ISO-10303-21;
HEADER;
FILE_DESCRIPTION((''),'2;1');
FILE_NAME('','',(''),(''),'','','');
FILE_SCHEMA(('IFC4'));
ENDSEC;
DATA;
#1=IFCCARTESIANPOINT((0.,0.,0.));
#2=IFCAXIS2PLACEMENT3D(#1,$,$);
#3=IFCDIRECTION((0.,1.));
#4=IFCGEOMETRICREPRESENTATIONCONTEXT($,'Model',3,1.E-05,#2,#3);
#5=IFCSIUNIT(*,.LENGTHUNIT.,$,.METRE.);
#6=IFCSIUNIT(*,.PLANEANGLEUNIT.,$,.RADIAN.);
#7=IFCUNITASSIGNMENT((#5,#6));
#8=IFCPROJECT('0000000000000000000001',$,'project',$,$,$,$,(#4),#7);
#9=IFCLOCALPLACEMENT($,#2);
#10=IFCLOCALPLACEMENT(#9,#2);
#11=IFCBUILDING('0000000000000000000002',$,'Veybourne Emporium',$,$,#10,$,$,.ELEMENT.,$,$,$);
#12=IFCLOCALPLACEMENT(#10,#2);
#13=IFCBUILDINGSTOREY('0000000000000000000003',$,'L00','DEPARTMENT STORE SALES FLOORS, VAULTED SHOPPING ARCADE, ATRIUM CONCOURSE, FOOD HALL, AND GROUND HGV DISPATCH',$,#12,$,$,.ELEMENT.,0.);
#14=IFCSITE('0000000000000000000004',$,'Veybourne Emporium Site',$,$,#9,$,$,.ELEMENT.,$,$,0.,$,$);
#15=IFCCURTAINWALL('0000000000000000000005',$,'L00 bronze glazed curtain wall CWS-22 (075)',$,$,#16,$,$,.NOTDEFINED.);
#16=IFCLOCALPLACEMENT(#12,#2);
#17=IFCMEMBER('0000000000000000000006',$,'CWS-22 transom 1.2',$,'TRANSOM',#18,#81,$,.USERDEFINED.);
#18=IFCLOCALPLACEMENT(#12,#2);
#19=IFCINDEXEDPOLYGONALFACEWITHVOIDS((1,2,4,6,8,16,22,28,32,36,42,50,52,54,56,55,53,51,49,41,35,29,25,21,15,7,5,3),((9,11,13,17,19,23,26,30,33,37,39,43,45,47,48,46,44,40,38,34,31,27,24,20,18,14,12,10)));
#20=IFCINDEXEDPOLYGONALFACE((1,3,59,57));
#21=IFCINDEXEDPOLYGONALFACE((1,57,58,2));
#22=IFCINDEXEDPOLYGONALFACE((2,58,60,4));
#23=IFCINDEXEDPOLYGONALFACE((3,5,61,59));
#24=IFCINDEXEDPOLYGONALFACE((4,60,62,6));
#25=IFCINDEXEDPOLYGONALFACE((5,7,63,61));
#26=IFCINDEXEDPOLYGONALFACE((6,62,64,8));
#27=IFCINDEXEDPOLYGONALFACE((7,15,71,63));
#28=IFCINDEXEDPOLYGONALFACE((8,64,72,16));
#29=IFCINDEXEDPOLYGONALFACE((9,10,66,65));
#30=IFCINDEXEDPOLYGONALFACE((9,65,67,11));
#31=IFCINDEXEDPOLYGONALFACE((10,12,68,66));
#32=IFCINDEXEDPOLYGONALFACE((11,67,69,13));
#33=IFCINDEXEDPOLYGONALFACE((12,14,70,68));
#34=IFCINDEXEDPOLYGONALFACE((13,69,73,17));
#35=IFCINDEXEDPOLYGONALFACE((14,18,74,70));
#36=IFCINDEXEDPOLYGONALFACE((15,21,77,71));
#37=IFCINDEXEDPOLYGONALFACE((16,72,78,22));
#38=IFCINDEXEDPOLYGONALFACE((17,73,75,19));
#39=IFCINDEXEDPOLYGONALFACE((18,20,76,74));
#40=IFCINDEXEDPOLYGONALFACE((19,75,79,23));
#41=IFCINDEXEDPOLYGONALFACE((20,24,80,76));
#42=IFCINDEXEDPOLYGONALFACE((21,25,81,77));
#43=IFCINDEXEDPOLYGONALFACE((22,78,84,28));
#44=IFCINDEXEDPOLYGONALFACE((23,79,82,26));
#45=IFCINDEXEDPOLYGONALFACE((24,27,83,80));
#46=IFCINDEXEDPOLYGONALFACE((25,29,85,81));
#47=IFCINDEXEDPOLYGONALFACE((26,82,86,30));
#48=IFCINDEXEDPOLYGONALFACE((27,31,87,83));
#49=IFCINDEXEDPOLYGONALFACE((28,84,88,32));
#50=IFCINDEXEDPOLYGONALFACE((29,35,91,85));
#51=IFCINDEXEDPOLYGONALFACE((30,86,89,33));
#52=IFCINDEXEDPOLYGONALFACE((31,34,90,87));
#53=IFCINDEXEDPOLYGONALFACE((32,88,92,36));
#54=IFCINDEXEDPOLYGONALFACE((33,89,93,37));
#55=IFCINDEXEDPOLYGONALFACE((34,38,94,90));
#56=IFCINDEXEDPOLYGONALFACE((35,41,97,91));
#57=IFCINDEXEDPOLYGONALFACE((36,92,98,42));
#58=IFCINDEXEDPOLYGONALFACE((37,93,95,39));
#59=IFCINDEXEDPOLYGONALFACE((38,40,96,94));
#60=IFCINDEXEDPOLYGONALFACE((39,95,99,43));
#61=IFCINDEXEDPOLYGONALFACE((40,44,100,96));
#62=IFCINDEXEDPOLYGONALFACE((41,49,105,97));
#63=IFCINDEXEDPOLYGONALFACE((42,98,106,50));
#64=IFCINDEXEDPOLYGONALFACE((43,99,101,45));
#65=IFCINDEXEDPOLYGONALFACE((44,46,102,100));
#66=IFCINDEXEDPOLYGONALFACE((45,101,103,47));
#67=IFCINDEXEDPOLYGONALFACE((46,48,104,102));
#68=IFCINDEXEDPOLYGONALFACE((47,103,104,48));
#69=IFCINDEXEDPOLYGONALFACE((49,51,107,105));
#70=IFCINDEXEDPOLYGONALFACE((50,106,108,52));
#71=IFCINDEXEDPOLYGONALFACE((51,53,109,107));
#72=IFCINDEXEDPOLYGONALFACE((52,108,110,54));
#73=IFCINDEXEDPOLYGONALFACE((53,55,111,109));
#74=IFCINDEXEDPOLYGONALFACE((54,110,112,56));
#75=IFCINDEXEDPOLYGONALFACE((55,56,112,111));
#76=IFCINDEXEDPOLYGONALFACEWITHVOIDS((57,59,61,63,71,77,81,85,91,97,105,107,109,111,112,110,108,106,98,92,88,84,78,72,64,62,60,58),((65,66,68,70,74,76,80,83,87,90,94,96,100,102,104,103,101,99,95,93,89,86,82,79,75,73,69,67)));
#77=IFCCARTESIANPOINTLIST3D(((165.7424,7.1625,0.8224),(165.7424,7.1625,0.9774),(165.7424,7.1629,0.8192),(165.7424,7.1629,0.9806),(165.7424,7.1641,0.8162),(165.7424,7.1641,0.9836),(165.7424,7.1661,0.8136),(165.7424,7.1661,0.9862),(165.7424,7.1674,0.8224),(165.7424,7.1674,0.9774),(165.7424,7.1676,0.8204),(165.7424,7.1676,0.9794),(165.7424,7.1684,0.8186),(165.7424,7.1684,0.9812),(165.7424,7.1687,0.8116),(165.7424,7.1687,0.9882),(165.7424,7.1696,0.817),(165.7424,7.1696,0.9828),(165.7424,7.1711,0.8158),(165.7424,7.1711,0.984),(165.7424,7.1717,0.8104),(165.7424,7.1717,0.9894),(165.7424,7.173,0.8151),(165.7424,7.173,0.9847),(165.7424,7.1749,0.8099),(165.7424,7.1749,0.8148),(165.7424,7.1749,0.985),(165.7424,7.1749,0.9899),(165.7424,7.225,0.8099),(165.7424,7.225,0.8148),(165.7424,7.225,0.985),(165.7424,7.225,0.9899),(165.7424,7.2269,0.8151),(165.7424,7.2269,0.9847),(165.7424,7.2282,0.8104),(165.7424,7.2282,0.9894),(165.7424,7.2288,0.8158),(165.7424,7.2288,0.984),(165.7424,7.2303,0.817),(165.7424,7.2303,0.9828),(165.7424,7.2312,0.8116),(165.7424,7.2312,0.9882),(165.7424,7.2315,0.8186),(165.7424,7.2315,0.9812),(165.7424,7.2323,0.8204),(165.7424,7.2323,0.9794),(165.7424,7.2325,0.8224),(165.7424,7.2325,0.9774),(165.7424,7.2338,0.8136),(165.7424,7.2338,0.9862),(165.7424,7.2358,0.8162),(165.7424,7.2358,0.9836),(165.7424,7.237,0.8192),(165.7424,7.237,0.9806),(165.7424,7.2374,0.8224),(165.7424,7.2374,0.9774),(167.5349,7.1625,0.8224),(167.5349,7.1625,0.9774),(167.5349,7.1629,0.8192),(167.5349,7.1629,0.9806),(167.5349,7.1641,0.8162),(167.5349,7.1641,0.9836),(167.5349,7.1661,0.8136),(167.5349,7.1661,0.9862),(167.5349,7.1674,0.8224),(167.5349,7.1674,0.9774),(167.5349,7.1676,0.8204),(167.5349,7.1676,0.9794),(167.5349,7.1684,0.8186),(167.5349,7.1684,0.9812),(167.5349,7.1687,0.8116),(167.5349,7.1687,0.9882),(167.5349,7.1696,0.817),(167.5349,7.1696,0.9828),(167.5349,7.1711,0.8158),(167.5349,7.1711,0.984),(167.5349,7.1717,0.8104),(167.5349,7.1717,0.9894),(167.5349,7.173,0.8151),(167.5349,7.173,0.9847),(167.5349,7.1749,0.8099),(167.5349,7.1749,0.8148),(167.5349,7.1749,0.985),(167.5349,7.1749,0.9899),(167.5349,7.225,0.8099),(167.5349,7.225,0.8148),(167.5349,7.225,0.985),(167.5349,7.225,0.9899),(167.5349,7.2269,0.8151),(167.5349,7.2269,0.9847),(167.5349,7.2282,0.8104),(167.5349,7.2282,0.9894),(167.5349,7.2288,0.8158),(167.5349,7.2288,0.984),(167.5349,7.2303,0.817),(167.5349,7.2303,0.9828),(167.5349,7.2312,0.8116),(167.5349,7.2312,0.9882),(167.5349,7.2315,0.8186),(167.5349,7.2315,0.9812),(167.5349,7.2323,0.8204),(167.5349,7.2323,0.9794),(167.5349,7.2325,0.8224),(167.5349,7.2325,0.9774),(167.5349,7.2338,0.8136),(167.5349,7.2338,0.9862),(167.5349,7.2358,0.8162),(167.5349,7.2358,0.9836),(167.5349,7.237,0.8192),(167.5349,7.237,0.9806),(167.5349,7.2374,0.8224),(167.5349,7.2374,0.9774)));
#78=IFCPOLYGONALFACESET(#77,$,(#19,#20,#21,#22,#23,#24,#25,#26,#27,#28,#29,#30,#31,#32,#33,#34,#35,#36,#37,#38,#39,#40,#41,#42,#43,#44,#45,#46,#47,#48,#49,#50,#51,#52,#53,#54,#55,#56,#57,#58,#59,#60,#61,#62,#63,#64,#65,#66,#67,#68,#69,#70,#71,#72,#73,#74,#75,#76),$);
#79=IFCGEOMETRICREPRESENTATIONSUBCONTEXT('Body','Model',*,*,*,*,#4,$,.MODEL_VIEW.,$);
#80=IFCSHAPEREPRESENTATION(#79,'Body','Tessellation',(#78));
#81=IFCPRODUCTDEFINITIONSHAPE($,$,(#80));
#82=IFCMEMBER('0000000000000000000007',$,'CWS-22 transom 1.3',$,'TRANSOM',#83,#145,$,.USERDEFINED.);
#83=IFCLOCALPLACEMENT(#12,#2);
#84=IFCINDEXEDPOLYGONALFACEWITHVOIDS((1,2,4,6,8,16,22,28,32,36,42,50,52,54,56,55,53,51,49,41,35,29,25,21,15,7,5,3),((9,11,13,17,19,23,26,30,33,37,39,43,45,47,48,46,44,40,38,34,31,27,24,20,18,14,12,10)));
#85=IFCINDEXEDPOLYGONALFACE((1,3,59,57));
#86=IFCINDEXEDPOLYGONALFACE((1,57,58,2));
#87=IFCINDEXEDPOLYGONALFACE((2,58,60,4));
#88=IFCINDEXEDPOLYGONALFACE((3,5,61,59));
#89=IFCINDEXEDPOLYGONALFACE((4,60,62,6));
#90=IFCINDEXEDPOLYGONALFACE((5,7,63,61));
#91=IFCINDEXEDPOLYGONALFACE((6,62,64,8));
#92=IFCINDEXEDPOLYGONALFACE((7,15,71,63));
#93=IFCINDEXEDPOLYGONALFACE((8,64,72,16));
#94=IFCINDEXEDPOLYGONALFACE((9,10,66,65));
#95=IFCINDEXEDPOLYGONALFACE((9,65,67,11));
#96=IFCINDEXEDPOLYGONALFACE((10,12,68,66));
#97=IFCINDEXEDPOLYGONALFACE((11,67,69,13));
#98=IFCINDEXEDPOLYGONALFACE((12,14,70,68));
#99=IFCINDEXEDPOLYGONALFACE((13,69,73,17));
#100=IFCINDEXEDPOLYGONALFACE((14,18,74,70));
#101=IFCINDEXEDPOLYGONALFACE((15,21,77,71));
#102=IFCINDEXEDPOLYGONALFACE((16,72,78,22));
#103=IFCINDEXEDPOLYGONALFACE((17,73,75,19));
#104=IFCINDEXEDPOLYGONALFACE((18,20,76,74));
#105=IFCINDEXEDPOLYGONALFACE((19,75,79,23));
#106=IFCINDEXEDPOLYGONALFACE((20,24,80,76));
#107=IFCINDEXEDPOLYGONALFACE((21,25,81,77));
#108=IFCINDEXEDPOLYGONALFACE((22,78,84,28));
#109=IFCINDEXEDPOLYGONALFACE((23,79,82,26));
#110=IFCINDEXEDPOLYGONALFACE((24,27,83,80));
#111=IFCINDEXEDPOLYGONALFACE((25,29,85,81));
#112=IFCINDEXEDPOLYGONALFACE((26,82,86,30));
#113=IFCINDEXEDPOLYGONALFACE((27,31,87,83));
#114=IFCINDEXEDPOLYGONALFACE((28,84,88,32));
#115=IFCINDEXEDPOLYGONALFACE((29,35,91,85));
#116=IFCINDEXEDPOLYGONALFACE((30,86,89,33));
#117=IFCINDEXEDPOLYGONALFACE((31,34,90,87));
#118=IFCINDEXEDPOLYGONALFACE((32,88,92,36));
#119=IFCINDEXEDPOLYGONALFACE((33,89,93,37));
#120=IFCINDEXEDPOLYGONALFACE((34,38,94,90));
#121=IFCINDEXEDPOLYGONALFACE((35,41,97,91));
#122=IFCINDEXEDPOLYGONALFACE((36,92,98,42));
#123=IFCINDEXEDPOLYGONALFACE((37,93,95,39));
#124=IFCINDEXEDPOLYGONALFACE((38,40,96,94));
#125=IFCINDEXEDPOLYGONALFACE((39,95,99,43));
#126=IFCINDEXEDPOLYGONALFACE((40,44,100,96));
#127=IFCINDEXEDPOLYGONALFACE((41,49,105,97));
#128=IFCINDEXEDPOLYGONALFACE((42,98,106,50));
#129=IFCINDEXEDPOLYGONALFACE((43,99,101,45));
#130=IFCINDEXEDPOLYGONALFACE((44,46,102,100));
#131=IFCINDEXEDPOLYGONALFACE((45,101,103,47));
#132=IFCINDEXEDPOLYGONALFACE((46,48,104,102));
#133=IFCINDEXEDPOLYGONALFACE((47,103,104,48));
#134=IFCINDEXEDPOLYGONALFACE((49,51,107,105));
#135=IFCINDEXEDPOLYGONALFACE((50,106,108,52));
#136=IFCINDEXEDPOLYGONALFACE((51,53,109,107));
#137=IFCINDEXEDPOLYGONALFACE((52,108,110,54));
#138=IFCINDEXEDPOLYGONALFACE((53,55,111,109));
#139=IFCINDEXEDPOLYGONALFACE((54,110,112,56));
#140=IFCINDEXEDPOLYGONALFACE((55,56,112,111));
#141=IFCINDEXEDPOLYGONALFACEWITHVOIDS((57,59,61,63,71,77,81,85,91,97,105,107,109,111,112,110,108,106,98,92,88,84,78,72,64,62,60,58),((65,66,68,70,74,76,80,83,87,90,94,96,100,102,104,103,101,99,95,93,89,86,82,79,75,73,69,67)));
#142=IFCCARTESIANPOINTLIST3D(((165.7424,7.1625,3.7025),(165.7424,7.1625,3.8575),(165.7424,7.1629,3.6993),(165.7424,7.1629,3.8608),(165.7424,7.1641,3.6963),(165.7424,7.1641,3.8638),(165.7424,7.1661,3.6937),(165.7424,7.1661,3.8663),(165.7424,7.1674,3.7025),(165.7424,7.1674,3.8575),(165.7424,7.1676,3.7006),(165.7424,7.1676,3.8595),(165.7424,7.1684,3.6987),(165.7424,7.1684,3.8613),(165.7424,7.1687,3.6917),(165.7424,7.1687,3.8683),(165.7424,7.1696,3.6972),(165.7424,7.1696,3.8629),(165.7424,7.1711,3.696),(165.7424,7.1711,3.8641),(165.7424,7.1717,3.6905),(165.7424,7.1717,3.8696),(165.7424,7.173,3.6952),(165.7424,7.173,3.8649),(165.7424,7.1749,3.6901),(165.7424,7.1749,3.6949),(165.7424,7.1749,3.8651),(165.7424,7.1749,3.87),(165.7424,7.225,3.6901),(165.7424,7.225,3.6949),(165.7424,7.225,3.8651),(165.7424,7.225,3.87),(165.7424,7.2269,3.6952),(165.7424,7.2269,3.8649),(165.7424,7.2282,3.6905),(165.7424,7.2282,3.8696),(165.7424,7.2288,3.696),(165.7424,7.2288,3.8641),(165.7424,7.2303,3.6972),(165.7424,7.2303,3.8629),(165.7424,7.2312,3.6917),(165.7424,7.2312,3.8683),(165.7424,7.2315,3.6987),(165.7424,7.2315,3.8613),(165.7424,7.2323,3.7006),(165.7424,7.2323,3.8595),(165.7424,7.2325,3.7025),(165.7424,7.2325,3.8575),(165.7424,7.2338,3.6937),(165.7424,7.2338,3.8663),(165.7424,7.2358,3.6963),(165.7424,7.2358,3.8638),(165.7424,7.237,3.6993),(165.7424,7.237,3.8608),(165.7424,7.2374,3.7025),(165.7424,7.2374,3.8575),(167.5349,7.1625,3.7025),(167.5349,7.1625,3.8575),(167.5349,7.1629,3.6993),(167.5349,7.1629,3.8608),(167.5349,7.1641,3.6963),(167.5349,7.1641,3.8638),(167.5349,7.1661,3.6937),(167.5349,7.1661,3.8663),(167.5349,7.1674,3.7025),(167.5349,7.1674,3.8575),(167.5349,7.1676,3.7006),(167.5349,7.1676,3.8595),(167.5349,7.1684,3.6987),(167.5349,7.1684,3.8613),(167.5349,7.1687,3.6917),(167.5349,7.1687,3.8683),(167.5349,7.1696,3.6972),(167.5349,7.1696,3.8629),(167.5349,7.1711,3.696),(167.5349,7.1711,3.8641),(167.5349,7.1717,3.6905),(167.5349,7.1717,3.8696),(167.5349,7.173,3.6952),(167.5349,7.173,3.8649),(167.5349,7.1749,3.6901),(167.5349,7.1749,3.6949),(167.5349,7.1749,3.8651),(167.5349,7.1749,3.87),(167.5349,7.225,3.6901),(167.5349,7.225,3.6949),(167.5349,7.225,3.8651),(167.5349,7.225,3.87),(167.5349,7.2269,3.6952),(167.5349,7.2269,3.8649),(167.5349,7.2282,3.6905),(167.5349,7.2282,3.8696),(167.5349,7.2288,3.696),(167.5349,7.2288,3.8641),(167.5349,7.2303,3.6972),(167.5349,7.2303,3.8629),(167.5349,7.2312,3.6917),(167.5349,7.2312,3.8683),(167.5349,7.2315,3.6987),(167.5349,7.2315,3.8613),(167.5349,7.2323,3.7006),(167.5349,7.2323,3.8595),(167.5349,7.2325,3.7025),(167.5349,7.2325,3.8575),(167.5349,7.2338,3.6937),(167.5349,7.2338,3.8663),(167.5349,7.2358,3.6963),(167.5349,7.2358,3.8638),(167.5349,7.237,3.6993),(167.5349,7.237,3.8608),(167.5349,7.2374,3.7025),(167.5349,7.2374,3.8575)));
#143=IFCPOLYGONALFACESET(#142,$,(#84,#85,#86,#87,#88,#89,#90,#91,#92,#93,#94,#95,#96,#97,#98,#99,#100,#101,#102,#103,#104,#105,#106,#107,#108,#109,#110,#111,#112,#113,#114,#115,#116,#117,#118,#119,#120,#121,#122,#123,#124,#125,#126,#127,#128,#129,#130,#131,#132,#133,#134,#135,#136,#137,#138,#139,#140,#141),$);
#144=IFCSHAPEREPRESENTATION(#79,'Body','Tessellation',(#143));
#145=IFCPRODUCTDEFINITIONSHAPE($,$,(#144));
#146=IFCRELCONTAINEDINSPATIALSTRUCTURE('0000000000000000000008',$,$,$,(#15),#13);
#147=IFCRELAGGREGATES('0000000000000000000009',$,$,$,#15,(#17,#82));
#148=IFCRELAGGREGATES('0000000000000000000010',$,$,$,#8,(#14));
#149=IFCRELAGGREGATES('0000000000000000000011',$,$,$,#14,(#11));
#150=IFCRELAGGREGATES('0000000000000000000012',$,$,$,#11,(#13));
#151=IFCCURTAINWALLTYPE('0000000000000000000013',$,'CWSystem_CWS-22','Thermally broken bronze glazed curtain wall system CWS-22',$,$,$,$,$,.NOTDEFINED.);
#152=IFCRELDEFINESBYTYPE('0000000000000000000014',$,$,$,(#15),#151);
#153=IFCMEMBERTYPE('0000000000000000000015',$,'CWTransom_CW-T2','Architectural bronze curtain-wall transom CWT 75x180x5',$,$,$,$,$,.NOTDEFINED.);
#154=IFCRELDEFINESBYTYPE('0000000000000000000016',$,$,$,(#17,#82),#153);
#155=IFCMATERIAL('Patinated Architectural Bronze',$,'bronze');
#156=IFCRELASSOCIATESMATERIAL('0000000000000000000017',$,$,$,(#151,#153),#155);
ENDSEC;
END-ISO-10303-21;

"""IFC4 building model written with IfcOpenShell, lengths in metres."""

from ifc_helpers import new_model, si_unit, direction, frame, origin, origin_2d, place, context, subcontext, project, spatial, hollow_rectangle, extrude, material, material_profile, profile_set, type_object, element, aggregate, save


model = new_model("IFC4")

# Units and contexts
model_context = context("Model", 3, precision=1e-05, world=origin(), true_north=direction((0.0, 1.0)))
body_context = subcontext(model_context, "Body", "Model", "MODEL_VIEW")
ifc_project = project(units=[si_unit("LENGTHUNIT", "METRE"), si_unit("PLANEANGLEUNIT", "RADIAN")], contexts=[model_context])

# Site, building, storey
site_placement = place(None, origin())
site = spatial("IfcSite", under=ifc_project, at=site_placement, Name="Veybourne Emporium Site", CompositionType="ELEMENT", RefElevation=0.0)
building_placement = place(site_placement, origin())
building = spatial("IfcBuilding", under=site, at=building_placement, Name="Veybourne Emporium", CompositionType="ELEMENT")
storey_placement = place(building_placement, origin())
storey = spatial("IfcBuildingStorey", under=building, at=storey_placement, Name="L00", Description="DEPARTMENT STORE SALES FLOORS, VAULTED SHOPPING ARCADE, ATRIUM CONCOURSE, FOOD HALL, AND GROUND HGV DISPATCH", CompositionType="ELEMENT", Elevation=0.0)

# Curtain wall
ifc_material_1 = material(Name="Patinated Architectural Bronze", Category="bronze")
curtain_wall_type_1 = type_object("IfcCurtainWallType", Name="CWSystem_CWS-22", Description="Thermally broken bronze glazed curtain wall system CWS-22", PredefinedType="NOTDEFINED", material=ifc_material_1)
curtain_wall_1_placement = place(storey_placement, origin())
curtain_wall_1 = element("IfcCurtainWall", 1, at=curtain_wall_1_placement, inside=storey, type_object=curtain_wall_type_1, Name="L00 bronze glazed curtain wall CWS-22 (075)", PredefinedType="NOTDEFINED")

# Members
ifc_material_profile_1 = material_profile(ifc_material_1, hollow_rectangle(XDim=0.075, YDim=0.1799, WallThickness=0.0049, InnerFilletRadius=0.0076, OuterFilletRadius=0.0125, at=origin_2d()), Name="CWT 75x180x5")
ifc_profile_set_1 = profile_set([ifc_material_profile_1], Name="Patinated Architectural Bronze")
member_type_1 = type_object("IfcMemberType", Name="CWTransom_CW-T2", Description="Architectural bronze curtain-wall transom CWT 75x180x5", PredefinedType="NOTDEFINED", material=ifc_profile_set_1)
member_1_placement = place(storey_placement, frame((167.5349, 7.2, 0.8999), z_axis=(-1.0, 0.0, 0.0), x_axis=(0.0, -1.0, 0.0)))
member_1 = element("IfcMember", 2, at=member_1_placement, type_object=member_type_1, Name="CWS-22 transom 1.2", ObjectType="TRANSOM", PredefinedType="USERDEFINED", context=body_context, shape_type="SweptSolid", body=[
    extrude(hollow_rectangle(XDim=0.075, YDim=0.1799, WallThickness=0.0049, InnerFilletRadius=0.0076, OuterFilletRadius=0.0125, at=origin_2d()), origin(), (0.0, 0.0, 1.0), 1.7925),
])
member_2_placement = place(storey_placement, frame((167.5349, 7.2, 3.78), z_axis=(-1.0, 0.0, 0.0), x_axis=(0.0, -1.0, 0.0)))
member_2 = element("IfcMember", 3, at=member_2_placement, type_object=member_type_1, Name="CWS-22 transom 1.3", ObjectType="TRANSOM", PredefinedType="USERDEFINED", context=body_context, shape_type="SweptSolid", body=[
    extrude(hollow_rectangle(XDim=0.075, YDim=0.1799, WallThickness=0.0049, InnerFilletRadius=0.0076, OuterFilletRadius=0.0125, at=origin_2d()), origin(), (0.0, 0.0, 1.0), 1.7925),
])

aggregate(curtain_wall_1, [member_1, member_2])

save(model, "model.ifc")
